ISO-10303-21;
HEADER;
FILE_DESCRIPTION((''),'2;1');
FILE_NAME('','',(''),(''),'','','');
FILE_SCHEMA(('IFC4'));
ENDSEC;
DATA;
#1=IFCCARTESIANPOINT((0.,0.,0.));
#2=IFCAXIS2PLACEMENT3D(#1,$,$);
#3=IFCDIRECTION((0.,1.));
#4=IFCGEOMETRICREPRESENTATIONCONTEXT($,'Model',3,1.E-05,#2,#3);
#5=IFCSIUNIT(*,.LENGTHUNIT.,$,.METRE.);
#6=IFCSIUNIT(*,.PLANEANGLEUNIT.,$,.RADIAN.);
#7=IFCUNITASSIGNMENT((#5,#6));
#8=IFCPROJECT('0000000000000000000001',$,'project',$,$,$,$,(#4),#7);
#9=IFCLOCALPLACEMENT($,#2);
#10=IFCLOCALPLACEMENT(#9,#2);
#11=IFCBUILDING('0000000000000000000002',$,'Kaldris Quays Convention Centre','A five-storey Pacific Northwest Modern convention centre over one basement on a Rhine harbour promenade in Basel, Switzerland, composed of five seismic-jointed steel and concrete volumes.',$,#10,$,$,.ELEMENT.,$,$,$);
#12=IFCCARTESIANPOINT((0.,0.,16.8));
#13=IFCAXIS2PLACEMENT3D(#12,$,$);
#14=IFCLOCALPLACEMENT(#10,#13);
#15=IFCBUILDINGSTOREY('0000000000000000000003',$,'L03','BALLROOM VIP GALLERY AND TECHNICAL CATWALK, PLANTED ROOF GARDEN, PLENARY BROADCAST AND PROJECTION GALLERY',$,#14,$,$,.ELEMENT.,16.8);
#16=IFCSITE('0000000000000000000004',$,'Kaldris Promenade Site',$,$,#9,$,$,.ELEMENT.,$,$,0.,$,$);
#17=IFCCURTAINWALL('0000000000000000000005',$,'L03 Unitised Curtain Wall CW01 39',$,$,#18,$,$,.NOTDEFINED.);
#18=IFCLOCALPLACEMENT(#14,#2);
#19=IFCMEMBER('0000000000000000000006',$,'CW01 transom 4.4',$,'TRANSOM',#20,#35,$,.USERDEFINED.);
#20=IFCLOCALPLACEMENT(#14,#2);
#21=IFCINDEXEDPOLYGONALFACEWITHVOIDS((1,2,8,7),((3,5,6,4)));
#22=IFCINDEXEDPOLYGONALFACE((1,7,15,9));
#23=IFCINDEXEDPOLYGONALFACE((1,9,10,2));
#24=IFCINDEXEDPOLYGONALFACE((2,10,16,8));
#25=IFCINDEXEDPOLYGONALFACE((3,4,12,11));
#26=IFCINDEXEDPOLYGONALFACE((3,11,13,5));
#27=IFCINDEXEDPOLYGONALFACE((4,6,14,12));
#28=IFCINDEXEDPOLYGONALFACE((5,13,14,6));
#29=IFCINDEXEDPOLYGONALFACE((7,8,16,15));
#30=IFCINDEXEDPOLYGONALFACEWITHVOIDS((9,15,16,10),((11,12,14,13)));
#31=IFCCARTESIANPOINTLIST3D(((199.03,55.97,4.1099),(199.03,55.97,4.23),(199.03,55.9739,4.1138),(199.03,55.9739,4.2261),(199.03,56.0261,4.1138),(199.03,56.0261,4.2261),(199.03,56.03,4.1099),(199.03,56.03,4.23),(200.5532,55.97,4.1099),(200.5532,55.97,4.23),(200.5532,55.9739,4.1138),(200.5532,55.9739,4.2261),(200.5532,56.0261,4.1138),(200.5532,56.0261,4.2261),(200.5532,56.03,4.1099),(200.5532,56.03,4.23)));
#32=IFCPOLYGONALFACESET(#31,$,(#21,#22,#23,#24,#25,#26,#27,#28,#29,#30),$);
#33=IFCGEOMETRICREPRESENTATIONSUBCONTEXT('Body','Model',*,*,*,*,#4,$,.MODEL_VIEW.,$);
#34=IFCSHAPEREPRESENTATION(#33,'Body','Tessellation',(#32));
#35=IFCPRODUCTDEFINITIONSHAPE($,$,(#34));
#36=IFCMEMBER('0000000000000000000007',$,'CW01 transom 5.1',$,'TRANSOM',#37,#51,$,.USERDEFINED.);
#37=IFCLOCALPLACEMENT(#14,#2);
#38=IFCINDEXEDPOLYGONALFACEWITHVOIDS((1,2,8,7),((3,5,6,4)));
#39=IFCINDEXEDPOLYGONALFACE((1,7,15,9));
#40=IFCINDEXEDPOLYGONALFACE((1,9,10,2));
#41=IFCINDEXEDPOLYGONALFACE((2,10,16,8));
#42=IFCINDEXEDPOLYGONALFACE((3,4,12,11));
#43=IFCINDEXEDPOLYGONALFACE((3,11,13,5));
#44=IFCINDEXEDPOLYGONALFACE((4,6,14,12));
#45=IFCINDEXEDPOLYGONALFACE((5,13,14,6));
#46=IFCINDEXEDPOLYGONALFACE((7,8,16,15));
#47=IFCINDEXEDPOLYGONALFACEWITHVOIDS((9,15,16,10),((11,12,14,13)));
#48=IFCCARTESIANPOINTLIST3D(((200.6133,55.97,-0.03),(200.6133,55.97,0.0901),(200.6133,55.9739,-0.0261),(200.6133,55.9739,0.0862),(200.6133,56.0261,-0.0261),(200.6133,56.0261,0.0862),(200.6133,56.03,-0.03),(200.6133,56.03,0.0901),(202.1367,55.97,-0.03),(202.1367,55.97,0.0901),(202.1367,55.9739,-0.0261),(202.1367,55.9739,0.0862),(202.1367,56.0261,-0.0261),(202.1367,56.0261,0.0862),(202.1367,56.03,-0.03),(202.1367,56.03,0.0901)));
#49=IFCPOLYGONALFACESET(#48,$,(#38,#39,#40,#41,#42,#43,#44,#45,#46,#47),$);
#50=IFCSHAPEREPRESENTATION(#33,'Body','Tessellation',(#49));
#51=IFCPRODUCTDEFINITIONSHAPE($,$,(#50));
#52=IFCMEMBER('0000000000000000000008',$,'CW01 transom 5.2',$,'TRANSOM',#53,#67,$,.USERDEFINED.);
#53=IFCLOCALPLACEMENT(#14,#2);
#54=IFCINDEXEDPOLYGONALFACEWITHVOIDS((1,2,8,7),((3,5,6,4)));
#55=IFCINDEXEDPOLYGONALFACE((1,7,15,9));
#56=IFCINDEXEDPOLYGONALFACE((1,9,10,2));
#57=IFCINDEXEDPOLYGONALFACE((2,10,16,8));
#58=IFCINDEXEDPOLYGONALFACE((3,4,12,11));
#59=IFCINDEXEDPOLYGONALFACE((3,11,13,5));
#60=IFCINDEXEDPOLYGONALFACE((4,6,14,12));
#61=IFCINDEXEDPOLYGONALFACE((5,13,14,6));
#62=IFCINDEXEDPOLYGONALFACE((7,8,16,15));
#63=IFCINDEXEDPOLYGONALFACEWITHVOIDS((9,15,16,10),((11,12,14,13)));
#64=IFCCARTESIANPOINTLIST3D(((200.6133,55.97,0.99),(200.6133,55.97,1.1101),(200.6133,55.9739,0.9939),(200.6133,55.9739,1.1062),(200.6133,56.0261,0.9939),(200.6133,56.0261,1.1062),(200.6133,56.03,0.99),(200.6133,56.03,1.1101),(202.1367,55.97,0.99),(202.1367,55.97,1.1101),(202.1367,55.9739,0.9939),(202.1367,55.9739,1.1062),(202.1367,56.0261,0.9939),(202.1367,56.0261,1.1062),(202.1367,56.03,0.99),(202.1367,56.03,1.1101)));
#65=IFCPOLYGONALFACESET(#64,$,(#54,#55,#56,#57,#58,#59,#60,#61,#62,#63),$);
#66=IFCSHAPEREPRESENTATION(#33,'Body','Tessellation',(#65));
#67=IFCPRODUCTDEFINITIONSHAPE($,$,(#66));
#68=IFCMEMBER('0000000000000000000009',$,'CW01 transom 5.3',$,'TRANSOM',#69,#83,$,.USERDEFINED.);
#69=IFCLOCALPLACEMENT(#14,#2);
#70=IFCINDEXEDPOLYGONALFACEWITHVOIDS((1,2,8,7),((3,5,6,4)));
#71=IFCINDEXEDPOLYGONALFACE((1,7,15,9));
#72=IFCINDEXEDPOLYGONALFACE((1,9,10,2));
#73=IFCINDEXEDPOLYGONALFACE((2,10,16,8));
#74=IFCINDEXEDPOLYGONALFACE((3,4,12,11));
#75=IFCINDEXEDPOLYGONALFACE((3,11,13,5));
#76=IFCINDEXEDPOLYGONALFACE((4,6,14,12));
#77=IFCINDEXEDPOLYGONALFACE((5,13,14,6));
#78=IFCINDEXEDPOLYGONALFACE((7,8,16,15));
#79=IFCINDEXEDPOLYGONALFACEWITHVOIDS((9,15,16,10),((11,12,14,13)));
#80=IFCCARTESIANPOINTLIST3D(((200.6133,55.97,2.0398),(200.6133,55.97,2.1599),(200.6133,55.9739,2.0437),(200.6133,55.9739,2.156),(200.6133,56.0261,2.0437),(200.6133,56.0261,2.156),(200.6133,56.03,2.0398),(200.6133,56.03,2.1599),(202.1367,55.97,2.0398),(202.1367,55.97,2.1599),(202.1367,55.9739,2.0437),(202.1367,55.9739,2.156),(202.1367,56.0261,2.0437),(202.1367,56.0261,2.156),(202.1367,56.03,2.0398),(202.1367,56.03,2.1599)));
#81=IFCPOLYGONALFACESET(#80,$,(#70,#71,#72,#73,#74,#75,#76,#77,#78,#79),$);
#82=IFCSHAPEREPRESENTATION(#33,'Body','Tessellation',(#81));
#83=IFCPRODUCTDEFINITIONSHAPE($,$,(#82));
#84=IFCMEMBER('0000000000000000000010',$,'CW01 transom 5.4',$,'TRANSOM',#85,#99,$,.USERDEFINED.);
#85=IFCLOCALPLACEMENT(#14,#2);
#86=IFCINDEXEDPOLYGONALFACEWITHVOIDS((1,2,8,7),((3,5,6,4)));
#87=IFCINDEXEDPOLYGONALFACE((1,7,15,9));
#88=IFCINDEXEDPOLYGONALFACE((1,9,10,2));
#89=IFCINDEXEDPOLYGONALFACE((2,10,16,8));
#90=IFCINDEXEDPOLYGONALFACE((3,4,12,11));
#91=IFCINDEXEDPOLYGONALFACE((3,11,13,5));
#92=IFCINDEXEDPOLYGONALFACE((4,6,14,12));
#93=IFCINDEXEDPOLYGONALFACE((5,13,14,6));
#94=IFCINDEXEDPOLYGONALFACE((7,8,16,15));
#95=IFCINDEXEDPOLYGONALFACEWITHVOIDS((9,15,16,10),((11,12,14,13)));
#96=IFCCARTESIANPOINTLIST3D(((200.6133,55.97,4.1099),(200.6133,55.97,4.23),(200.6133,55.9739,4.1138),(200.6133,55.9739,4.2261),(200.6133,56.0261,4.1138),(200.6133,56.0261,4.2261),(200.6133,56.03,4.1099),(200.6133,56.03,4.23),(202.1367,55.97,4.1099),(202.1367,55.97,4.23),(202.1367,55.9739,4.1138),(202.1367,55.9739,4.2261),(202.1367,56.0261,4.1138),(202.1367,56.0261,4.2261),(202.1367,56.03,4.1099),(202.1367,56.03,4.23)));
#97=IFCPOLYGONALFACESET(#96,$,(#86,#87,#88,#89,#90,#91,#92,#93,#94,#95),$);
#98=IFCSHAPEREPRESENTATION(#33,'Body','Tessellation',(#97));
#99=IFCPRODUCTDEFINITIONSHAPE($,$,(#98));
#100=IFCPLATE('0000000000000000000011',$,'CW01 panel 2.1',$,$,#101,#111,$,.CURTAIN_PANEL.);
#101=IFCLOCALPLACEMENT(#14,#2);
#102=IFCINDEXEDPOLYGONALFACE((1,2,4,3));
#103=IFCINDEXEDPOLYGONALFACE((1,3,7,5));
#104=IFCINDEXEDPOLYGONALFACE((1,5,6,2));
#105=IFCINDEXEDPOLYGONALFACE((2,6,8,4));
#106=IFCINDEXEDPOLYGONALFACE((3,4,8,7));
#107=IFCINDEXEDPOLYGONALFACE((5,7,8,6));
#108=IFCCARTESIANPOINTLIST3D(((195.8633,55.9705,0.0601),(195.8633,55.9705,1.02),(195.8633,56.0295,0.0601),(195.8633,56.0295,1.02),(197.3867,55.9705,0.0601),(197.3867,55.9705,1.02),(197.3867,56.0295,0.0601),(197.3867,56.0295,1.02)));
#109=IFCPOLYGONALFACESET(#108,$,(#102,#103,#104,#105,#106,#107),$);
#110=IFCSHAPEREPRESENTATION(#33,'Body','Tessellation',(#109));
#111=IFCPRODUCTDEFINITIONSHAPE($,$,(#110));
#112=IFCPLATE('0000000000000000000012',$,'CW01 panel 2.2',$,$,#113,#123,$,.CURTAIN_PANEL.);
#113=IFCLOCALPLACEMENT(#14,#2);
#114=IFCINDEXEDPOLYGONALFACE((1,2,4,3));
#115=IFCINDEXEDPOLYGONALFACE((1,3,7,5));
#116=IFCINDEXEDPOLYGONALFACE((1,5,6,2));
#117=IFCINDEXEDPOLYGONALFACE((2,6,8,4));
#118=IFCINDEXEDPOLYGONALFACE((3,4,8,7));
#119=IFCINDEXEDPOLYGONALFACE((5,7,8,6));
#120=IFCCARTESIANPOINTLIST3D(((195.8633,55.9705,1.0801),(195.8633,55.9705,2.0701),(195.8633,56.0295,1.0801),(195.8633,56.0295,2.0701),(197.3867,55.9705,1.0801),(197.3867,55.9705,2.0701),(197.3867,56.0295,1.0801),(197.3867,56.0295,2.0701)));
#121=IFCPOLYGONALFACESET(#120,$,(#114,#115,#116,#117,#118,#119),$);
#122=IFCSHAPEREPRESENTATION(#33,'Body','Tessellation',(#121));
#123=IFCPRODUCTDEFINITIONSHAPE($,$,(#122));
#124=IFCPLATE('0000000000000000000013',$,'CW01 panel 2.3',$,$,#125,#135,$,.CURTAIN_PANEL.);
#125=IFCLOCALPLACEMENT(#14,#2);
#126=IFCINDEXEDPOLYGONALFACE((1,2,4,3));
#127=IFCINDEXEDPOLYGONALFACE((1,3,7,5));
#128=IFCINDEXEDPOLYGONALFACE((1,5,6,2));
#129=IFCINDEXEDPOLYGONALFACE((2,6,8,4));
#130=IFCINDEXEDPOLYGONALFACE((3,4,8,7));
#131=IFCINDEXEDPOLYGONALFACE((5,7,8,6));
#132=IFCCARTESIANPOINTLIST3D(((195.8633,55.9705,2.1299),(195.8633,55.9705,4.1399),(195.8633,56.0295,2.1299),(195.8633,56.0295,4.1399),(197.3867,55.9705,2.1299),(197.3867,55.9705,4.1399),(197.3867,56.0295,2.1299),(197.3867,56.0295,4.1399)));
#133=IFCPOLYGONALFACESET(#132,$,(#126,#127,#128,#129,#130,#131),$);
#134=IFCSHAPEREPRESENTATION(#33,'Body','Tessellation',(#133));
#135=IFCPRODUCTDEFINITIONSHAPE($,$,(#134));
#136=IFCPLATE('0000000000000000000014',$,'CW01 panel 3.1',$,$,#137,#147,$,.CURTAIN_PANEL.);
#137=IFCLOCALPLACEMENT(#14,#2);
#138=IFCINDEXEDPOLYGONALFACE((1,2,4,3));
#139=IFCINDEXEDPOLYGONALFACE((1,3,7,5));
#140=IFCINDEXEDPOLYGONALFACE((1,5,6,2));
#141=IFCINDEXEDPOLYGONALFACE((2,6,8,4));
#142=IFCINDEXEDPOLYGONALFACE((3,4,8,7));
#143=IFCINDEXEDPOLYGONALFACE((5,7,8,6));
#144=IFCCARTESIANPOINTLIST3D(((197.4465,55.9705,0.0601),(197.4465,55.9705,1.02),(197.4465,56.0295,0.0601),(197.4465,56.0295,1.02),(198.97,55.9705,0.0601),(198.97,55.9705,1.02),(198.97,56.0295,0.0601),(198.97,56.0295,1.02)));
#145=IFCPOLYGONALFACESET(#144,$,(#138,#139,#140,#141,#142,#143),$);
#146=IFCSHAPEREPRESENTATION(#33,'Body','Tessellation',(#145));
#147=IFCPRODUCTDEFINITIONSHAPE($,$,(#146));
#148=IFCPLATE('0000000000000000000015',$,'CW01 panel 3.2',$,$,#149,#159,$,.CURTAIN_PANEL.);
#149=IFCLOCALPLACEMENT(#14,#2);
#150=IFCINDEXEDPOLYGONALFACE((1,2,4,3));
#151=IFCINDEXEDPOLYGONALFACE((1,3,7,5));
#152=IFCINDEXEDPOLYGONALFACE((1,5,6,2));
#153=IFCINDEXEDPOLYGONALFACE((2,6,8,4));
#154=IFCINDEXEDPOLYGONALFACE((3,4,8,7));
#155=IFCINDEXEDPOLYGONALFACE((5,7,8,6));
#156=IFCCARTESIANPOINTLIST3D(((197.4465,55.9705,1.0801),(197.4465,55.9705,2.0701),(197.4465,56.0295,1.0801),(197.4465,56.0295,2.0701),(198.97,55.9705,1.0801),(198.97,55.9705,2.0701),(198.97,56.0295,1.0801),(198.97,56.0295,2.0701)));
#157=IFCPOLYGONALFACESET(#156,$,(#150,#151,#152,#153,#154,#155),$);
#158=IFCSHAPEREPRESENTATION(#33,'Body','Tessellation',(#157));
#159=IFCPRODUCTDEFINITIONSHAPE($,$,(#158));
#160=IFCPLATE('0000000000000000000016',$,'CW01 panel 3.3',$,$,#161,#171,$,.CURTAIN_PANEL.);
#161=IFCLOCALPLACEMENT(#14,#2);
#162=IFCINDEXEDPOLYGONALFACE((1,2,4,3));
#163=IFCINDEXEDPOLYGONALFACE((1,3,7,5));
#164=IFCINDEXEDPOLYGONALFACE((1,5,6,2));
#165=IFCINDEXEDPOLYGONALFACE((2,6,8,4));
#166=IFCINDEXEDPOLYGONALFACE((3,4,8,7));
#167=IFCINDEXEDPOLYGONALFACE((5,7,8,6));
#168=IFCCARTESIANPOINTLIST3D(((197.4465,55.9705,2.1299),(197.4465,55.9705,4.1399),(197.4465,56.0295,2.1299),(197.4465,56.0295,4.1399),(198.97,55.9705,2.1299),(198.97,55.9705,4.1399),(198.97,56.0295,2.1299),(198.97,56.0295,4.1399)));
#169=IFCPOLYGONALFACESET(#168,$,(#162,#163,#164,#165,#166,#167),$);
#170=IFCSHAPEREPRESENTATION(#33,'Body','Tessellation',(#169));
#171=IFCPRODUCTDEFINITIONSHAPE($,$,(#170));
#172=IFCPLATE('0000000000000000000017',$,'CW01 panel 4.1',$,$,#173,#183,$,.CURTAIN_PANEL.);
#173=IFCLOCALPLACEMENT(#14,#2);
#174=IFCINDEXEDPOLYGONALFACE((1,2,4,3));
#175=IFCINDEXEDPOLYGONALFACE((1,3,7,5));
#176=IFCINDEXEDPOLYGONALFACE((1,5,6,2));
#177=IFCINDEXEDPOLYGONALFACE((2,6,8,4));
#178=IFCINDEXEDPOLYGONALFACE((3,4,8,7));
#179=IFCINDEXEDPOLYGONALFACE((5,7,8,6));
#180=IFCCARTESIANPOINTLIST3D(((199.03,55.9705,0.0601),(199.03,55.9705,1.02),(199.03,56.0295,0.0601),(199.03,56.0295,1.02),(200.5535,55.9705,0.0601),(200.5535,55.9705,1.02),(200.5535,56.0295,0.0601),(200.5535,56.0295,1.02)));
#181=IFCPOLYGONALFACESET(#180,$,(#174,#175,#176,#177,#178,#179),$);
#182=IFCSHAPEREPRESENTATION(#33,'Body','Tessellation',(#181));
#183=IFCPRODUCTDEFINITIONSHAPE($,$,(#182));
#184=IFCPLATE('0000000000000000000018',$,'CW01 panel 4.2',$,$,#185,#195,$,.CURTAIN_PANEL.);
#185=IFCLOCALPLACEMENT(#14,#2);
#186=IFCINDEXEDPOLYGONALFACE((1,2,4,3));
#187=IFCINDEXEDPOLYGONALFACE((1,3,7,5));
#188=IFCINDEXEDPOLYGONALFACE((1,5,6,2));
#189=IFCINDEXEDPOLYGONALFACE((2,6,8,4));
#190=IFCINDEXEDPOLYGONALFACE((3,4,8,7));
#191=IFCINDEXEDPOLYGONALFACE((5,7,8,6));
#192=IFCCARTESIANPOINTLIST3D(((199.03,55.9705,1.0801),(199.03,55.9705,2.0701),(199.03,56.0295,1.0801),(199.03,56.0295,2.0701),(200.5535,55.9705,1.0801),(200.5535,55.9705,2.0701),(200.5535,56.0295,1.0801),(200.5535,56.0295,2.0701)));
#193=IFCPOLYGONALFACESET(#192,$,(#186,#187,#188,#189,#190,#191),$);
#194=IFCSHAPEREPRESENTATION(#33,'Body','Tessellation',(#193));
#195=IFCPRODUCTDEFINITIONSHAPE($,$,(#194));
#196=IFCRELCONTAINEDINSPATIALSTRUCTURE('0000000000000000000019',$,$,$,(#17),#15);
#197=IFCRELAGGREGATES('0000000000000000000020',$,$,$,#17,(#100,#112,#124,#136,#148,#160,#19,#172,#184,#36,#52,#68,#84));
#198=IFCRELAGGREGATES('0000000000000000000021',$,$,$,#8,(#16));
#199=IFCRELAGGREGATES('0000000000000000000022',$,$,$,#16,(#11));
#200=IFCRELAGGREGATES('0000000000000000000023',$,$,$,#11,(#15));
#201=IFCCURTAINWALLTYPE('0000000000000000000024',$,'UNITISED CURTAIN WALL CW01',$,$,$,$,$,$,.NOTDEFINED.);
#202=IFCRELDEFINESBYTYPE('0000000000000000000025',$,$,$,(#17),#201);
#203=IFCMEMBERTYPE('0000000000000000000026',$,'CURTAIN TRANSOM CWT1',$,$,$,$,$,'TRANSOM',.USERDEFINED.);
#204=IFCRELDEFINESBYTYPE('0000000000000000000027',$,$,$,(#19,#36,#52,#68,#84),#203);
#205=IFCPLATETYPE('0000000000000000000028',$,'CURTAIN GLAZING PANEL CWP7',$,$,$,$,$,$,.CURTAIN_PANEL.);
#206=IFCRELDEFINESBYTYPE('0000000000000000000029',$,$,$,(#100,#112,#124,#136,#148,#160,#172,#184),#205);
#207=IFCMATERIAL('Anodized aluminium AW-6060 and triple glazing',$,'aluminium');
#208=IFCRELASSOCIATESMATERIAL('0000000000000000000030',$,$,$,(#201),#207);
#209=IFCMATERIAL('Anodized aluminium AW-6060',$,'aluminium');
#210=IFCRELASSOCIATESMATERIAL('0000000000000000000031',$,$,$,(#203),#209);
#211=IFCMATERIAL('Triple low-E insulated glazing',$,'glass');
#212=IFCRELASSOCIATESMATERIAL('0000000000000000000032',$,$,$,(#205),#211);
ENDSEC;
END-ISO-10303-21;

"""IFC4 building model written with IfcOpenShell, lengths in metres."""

from ifc_helpers import new_model, si_unit, direction, frame, origin, origin_2d, place, context, subcontext, project, spatial, rectangle, hollow_rectangle, extrude, material, material_profile, profile_set, type_object, element, aggregate, save


model = new_model("IFC4")

# Units and contexts
model_context = context("Model", 3, precision=1e-05, world=origin(), true_north=direction((0.0, 1.0)))
body_context = subcontext(model_context, "Body", "Model", "MODEL_VIEW")
ifc_project = project(units=[si_unit("LENGTHUNIT", "METRE"), si_unit("PLANEANGLEUNIT", "RADIAN")], contexts=[model_context])

# Site, building, storey
site_placement = place(None, origin())
site = spatial("IfcSite", under=ifc_project, at=site_placement, Name="Kaldris Promenade Site", CompositionType="ELEMENT", RefElevation=0.0)
building_placement = place(site_placement, origin())
building = spatial("IfcBuilding", under=site, at=building_placement, Name="Kaldris Quays Convention Centre", Description="A five-storey Pacific Northwest Modern convention centre over one basement on a Rhine harbour promenade in Basel, Switzerland, composed of five seismic-jointed steel and concrete volumes.", CompositionType="ELEMENT")
storey_placement = place(building_placement, frame((0.0, 0.0, 16.8)))
storey = spatial("IfcBuildingStorey", under=building, at=storey_placement, Name="L03", Description="BALLROOM VIP GALLERY AND TECHNICAL CATWALK, PLANTED ROOF GARDEN, PLENARY BROADCAST AND PROJECTION GALLERY", CompositionType="ELEMENT", Elevation=16.8)

# Curtain wall, members, plates
ifc_material_1 = material(Name="Anodized aluminium AW-6060 and triple glazing", Category="aluminium")
curtain_wall_type = type_object("IfcCurtainWallType", Name="UNITISED CURTAIN WALL CW01", PredefinedType="NOTDEFINED", material=ifc_material_1)
curtain_wall_placement = place(storey_placement, origin())
curtain_wall = element("IfcCurtainWall", 1, at=curtain_wall_placement, inside=storey, type_object=curtain_wall_type, Name="L03 Unitised Curtain Wall CW01 39", PredefinedType="NOTDEFINED")
ifc_material_2 = material(Name="Anodized aluminium AW-6060", Category="aluminium")
ifc_material_profile_1 = material_profile(ifc_material_2, hollow_rectangle(XDim=0.0601, YDim=0.1201, WallThickness=0.0039, at=origin_2d()), Name="RHS 120x60x4")
ifc_profile_set_1 = profile_set([ifc_material_profile_1], Name="Anodized aluminium AW-6060")
member_type_1 = type_object("IfcMemberType", Name="CURTAIN TRANSOM CWT1", ElementType="TRANSOM", PredefinedType="USERDEFINED", material=ifc_profile_set_1)
member_1_placement = place(storey_placement, frame((199.03, 56.0, 4.1699), z_axis=(1.0, 0.0, 0.0), x_axis=(0.0, 1.0, 0.0)))
member_1 = element("IfcMember", 2, at=member_1_placement, type_object=member_type_1, Name="CW01 transom 4.4", ObjectType="TRANSOM", PredefinedType="USERDEFINED", context=body_context, shape_type="SweptSolid", body=[
    extrude(hollow_rectangle(XDim=0.0601, YDim=0.1201, WallThickness=0.0039, at=origin_2d()), origin(), (0.0, 0.0, 1.0), 1.5232),
])
member_2_placement = place(storey_placement, frame((200.6133, 56.0, 0.03), z_axis=(1.0, 0.0, 0.0), x_axis=(0.0, 1.0, 0.0)))
member_2 = element("IfcMember", 3, at=member_2_placement, type_object=member_type_1, Name="CW01 transom 5.1", ObjectType="TRANSOM", PredefinedType="USERDEFINED", context=body_context, shape_type="SweptSolid", body=[
    extrude(hollow_rectangle(XDim=0.0601, YDim=0.1201, WallThickness=0.0039, at=origin_2d()), origin(), (0.0, 0.0, 1.0), 1.5234),
])
member_3_placement = place(storey_placement, frame((200.6133, 56.0, 1.05), z_axis=(1.0, 0.0, 0.0), x_axis=(0.0, 1.0, 0.0)))
member_3 = element("IfcMember", 4, at=member_3_placement, type_object=member_type_1, Name="CW01 transom 5.2", ObjectType="TRANSOM", PredefinedType="USERDEFINED", context=body_context, shape_type="SweptSolid", body=[
    extrude(hollow_rectangle(XDim=0.0601, YDim=0.1201, WallThickness=0.0039, at=origin_2d()), origin(), (0.0, 0.0, 1.0), 1.5234),
])
member_4_placement = place(storey_placement, frame((200.6133, 56.0, 2.0999), z_axis=(1.0, 0.0, 0.0), x_axis=(0.0, 1.0, 0.0)))
member_4 = element("IfcMember", 5, at=member_4_placement, type_object=member_type_1, Name="CW01 transom 5.3", ObjectType="TRANSOM", PredefinedType="USERDEFINED", context=body_context, shape_type="SweptSolid", body=[
    extrude(hollow_rectangle(XDim=0.0601, YDim=0.1201, WallThickness=0.0039, at=origin_2d()), origin(), (0.0, 0.0, 1.0), 1.5234),
])
member_5_placement = place(storey_placement, frame((200.6133, 56.0, 4.1699), z_axis=(1.0, 0.0, 0.0), x_axis=(0.0, 1.0, 0.0)))
member_5 = element("IfcMember", 6, at=member_5_placement, type_object=member_type_1, Name="CW01 transom 5.4", ObjectType="TRANSOM", PredefinedType="USERDEFINED", context=body_context, shape_type="SweptSolid", body=[
    extrude(hollow_rectangle(XDim=0.0601, YDim=0.1201, WallThickness=0.0039, at=origin_2d()), origin(), (0.0, 0.0, 1.0), 1.5234),
])
ifc_material_3 = material(Name="Triple low-E insulated glazing", Category="glass")
plate_type = type_object("IfcPlateType", Name="CURTAIN GLAZING PANEL CWP7", PredefinedType="CURTAIN_PANEL", material=ifc_material_3)
plate_1_placement = place(storey_placement, frame((196.625, 56.0, 0.0601), z_axis=(0.0, 0.0, 1.0), x_axis=(1.0, 0.0, 0.0)))
plate_1 = element("IfcPlate", 7, at=plate_1_placement, type_object=plate_type, Name="CW01 panel 2.1", PredefinedType="CURTAIN_PANEL", context=body_context, shape_type="SweptSolid", body=[
    extrude(rectangle(XDim=1.5234, YDim=0.0591, at=origin_2d()), origin(), (0.0, 0.0, 1.0), 0.96),
])
plate_2_placement = place(storey_placement, frame((196.625, 56.0, 1.0801), z_axis=(0.0, 0.0, 1.0), x_axis=(1.0, 0.0, 0.0)))
plate_2 = element("IfcPlate", 8, at=plate_2_placement, type_object=plate_type, Name="CW01 panel 2.2", PredefinedType="CURTAIN_PANEL", context=body_context, shape_type="SweptSolid", body=[
    extrude(rectangle(XDim=1.5234, YDim=0.0591, at=origin_2d()), origin(), (0.0, 0.0, 1.0), 0.99),
])
plate_3_placement = place(storey_placement, frame((196.625, 56.0, 2.1299), z_axis=(0.0, 0.0, 1.0), x_axis=(1.0, 0.0, 0.0)))
plate_3 = element("IfcPlate", 9, at=plate_3_placement, type_object=plate_type, Name="CW01 panel 2.3", PredefinedType="CURTAIN_PANEL", context=body_context, shape_type="SweptSolid", body=[
    extrude(rectangle(XDim=1.5234, YDim=0.0591, at=origin_2d()), origin(), (0.0, 0.0, 1.0), 2.01),
])
plate_4_placement = place(storey_placement, frame((198.2083, 56.0, 0.0601), z_axis=(0.0, 0.0, 1.0), x_axis=(1.0, 0.0, 0.0)))
plate_4 = element("IfcPlate", 10, at=plate_4_placement, type_object=plate_type, Name="CW01 panel 3.1", PredefinedType="CURTAIN_PANEL", context=body_context, shape_type="SweptSolid", body=[
    extrude(rectangle(XDim=1.5234, YDim=0.0591, at=origin_2d()), origin(), (0.0, 0.0, 1.0), 0.96),
])
plate_5_placement = place(storey_placement, frame((198.2083, 56.0, 1.0801), z_axis=(0.0, 0.0, 1.0), x_axis=(1.0, 0.0, 0.0)))
plate_5 = element("IfcPlate", 11, at=plate_5_placement, type_object=plate_type, Name="CW01 panel 3.2", PredefinedType="CURTAIN_PANEL", context=body_context, shape_type="SweptSolid", body=[
    extrude(rectangle(XDim=1.5234, YDim=0.0591, at=origin_2d()), origin(), (0.0, 0.0, 1.0), 0.99),
])
plate_6_placement = place(storey_placement, frame((198.2083, 56.0, 2.1299), z_axis=(0.0, 0.0, 1.0), x_axis=(1.0, 0.0, 0.0)))
plate_6 = element("IfcPlate", 12, at=plate_6_placement, type_object=plate_type, Name="CW01 panel 3.3", PredefinedType="CURTAIN_PANEL", context=body_context, shape_type="SweptSolid", body=[
    extrude(rectangle(XDim=1.5234, YDim=0.0591, at=origin_2d()), origin(), (0.0, 0.0, 1.0), 2.01),
])
plate_7_placement = place(storey_placement, frame((199.7917, 56.0, 0.0601), z_axis=(0.0, 0.0, 1.0), x_axis=(1.0, 0.0, 0.0)))
plate_7 = element("IfcPlate", 13, at=plate_7_placement, type_object=plate_type, Name="CW01 panel 4.1", PredefinedType="CURTAIN_PANEL", context=body_context, shape_type="SweptSolid", body=[
    extrude(rectangle(XDim=1.5234, YDim=0.0591, at=origin_2d()), origin(), (0.0, 0.0, 1.0), 0.96),
])
plate_8_placement = place(storey_placement, frame((199.7917, 56.0, 1.0801), z_axis=(0.0, 0.0, 1.0), x_axis=(1.0, 0.0, 0.0)))
plate_8 = element("IfcPlate", 14, at=plate_8_placement, type_object=plate_type, Name="CW01 panel 4.2", PredefinedType="CURTAIN_PANEL", context=body_context, shape_type="SweptSolid", body=[
    extrude(rectangle(XDim=1.5234, YDim=0.0591, at=origin_2d()), origin(), (0.0, 0.0, 1.0), 0.99),
])
aggregate(curtain_wall, [plate_1, plate_2, plate_3, plate_4, plate_5, plate_6, member_1, plate_7, plate_8, member_2, member_3, member_4, member_5])

save(model, "model.ifc")
